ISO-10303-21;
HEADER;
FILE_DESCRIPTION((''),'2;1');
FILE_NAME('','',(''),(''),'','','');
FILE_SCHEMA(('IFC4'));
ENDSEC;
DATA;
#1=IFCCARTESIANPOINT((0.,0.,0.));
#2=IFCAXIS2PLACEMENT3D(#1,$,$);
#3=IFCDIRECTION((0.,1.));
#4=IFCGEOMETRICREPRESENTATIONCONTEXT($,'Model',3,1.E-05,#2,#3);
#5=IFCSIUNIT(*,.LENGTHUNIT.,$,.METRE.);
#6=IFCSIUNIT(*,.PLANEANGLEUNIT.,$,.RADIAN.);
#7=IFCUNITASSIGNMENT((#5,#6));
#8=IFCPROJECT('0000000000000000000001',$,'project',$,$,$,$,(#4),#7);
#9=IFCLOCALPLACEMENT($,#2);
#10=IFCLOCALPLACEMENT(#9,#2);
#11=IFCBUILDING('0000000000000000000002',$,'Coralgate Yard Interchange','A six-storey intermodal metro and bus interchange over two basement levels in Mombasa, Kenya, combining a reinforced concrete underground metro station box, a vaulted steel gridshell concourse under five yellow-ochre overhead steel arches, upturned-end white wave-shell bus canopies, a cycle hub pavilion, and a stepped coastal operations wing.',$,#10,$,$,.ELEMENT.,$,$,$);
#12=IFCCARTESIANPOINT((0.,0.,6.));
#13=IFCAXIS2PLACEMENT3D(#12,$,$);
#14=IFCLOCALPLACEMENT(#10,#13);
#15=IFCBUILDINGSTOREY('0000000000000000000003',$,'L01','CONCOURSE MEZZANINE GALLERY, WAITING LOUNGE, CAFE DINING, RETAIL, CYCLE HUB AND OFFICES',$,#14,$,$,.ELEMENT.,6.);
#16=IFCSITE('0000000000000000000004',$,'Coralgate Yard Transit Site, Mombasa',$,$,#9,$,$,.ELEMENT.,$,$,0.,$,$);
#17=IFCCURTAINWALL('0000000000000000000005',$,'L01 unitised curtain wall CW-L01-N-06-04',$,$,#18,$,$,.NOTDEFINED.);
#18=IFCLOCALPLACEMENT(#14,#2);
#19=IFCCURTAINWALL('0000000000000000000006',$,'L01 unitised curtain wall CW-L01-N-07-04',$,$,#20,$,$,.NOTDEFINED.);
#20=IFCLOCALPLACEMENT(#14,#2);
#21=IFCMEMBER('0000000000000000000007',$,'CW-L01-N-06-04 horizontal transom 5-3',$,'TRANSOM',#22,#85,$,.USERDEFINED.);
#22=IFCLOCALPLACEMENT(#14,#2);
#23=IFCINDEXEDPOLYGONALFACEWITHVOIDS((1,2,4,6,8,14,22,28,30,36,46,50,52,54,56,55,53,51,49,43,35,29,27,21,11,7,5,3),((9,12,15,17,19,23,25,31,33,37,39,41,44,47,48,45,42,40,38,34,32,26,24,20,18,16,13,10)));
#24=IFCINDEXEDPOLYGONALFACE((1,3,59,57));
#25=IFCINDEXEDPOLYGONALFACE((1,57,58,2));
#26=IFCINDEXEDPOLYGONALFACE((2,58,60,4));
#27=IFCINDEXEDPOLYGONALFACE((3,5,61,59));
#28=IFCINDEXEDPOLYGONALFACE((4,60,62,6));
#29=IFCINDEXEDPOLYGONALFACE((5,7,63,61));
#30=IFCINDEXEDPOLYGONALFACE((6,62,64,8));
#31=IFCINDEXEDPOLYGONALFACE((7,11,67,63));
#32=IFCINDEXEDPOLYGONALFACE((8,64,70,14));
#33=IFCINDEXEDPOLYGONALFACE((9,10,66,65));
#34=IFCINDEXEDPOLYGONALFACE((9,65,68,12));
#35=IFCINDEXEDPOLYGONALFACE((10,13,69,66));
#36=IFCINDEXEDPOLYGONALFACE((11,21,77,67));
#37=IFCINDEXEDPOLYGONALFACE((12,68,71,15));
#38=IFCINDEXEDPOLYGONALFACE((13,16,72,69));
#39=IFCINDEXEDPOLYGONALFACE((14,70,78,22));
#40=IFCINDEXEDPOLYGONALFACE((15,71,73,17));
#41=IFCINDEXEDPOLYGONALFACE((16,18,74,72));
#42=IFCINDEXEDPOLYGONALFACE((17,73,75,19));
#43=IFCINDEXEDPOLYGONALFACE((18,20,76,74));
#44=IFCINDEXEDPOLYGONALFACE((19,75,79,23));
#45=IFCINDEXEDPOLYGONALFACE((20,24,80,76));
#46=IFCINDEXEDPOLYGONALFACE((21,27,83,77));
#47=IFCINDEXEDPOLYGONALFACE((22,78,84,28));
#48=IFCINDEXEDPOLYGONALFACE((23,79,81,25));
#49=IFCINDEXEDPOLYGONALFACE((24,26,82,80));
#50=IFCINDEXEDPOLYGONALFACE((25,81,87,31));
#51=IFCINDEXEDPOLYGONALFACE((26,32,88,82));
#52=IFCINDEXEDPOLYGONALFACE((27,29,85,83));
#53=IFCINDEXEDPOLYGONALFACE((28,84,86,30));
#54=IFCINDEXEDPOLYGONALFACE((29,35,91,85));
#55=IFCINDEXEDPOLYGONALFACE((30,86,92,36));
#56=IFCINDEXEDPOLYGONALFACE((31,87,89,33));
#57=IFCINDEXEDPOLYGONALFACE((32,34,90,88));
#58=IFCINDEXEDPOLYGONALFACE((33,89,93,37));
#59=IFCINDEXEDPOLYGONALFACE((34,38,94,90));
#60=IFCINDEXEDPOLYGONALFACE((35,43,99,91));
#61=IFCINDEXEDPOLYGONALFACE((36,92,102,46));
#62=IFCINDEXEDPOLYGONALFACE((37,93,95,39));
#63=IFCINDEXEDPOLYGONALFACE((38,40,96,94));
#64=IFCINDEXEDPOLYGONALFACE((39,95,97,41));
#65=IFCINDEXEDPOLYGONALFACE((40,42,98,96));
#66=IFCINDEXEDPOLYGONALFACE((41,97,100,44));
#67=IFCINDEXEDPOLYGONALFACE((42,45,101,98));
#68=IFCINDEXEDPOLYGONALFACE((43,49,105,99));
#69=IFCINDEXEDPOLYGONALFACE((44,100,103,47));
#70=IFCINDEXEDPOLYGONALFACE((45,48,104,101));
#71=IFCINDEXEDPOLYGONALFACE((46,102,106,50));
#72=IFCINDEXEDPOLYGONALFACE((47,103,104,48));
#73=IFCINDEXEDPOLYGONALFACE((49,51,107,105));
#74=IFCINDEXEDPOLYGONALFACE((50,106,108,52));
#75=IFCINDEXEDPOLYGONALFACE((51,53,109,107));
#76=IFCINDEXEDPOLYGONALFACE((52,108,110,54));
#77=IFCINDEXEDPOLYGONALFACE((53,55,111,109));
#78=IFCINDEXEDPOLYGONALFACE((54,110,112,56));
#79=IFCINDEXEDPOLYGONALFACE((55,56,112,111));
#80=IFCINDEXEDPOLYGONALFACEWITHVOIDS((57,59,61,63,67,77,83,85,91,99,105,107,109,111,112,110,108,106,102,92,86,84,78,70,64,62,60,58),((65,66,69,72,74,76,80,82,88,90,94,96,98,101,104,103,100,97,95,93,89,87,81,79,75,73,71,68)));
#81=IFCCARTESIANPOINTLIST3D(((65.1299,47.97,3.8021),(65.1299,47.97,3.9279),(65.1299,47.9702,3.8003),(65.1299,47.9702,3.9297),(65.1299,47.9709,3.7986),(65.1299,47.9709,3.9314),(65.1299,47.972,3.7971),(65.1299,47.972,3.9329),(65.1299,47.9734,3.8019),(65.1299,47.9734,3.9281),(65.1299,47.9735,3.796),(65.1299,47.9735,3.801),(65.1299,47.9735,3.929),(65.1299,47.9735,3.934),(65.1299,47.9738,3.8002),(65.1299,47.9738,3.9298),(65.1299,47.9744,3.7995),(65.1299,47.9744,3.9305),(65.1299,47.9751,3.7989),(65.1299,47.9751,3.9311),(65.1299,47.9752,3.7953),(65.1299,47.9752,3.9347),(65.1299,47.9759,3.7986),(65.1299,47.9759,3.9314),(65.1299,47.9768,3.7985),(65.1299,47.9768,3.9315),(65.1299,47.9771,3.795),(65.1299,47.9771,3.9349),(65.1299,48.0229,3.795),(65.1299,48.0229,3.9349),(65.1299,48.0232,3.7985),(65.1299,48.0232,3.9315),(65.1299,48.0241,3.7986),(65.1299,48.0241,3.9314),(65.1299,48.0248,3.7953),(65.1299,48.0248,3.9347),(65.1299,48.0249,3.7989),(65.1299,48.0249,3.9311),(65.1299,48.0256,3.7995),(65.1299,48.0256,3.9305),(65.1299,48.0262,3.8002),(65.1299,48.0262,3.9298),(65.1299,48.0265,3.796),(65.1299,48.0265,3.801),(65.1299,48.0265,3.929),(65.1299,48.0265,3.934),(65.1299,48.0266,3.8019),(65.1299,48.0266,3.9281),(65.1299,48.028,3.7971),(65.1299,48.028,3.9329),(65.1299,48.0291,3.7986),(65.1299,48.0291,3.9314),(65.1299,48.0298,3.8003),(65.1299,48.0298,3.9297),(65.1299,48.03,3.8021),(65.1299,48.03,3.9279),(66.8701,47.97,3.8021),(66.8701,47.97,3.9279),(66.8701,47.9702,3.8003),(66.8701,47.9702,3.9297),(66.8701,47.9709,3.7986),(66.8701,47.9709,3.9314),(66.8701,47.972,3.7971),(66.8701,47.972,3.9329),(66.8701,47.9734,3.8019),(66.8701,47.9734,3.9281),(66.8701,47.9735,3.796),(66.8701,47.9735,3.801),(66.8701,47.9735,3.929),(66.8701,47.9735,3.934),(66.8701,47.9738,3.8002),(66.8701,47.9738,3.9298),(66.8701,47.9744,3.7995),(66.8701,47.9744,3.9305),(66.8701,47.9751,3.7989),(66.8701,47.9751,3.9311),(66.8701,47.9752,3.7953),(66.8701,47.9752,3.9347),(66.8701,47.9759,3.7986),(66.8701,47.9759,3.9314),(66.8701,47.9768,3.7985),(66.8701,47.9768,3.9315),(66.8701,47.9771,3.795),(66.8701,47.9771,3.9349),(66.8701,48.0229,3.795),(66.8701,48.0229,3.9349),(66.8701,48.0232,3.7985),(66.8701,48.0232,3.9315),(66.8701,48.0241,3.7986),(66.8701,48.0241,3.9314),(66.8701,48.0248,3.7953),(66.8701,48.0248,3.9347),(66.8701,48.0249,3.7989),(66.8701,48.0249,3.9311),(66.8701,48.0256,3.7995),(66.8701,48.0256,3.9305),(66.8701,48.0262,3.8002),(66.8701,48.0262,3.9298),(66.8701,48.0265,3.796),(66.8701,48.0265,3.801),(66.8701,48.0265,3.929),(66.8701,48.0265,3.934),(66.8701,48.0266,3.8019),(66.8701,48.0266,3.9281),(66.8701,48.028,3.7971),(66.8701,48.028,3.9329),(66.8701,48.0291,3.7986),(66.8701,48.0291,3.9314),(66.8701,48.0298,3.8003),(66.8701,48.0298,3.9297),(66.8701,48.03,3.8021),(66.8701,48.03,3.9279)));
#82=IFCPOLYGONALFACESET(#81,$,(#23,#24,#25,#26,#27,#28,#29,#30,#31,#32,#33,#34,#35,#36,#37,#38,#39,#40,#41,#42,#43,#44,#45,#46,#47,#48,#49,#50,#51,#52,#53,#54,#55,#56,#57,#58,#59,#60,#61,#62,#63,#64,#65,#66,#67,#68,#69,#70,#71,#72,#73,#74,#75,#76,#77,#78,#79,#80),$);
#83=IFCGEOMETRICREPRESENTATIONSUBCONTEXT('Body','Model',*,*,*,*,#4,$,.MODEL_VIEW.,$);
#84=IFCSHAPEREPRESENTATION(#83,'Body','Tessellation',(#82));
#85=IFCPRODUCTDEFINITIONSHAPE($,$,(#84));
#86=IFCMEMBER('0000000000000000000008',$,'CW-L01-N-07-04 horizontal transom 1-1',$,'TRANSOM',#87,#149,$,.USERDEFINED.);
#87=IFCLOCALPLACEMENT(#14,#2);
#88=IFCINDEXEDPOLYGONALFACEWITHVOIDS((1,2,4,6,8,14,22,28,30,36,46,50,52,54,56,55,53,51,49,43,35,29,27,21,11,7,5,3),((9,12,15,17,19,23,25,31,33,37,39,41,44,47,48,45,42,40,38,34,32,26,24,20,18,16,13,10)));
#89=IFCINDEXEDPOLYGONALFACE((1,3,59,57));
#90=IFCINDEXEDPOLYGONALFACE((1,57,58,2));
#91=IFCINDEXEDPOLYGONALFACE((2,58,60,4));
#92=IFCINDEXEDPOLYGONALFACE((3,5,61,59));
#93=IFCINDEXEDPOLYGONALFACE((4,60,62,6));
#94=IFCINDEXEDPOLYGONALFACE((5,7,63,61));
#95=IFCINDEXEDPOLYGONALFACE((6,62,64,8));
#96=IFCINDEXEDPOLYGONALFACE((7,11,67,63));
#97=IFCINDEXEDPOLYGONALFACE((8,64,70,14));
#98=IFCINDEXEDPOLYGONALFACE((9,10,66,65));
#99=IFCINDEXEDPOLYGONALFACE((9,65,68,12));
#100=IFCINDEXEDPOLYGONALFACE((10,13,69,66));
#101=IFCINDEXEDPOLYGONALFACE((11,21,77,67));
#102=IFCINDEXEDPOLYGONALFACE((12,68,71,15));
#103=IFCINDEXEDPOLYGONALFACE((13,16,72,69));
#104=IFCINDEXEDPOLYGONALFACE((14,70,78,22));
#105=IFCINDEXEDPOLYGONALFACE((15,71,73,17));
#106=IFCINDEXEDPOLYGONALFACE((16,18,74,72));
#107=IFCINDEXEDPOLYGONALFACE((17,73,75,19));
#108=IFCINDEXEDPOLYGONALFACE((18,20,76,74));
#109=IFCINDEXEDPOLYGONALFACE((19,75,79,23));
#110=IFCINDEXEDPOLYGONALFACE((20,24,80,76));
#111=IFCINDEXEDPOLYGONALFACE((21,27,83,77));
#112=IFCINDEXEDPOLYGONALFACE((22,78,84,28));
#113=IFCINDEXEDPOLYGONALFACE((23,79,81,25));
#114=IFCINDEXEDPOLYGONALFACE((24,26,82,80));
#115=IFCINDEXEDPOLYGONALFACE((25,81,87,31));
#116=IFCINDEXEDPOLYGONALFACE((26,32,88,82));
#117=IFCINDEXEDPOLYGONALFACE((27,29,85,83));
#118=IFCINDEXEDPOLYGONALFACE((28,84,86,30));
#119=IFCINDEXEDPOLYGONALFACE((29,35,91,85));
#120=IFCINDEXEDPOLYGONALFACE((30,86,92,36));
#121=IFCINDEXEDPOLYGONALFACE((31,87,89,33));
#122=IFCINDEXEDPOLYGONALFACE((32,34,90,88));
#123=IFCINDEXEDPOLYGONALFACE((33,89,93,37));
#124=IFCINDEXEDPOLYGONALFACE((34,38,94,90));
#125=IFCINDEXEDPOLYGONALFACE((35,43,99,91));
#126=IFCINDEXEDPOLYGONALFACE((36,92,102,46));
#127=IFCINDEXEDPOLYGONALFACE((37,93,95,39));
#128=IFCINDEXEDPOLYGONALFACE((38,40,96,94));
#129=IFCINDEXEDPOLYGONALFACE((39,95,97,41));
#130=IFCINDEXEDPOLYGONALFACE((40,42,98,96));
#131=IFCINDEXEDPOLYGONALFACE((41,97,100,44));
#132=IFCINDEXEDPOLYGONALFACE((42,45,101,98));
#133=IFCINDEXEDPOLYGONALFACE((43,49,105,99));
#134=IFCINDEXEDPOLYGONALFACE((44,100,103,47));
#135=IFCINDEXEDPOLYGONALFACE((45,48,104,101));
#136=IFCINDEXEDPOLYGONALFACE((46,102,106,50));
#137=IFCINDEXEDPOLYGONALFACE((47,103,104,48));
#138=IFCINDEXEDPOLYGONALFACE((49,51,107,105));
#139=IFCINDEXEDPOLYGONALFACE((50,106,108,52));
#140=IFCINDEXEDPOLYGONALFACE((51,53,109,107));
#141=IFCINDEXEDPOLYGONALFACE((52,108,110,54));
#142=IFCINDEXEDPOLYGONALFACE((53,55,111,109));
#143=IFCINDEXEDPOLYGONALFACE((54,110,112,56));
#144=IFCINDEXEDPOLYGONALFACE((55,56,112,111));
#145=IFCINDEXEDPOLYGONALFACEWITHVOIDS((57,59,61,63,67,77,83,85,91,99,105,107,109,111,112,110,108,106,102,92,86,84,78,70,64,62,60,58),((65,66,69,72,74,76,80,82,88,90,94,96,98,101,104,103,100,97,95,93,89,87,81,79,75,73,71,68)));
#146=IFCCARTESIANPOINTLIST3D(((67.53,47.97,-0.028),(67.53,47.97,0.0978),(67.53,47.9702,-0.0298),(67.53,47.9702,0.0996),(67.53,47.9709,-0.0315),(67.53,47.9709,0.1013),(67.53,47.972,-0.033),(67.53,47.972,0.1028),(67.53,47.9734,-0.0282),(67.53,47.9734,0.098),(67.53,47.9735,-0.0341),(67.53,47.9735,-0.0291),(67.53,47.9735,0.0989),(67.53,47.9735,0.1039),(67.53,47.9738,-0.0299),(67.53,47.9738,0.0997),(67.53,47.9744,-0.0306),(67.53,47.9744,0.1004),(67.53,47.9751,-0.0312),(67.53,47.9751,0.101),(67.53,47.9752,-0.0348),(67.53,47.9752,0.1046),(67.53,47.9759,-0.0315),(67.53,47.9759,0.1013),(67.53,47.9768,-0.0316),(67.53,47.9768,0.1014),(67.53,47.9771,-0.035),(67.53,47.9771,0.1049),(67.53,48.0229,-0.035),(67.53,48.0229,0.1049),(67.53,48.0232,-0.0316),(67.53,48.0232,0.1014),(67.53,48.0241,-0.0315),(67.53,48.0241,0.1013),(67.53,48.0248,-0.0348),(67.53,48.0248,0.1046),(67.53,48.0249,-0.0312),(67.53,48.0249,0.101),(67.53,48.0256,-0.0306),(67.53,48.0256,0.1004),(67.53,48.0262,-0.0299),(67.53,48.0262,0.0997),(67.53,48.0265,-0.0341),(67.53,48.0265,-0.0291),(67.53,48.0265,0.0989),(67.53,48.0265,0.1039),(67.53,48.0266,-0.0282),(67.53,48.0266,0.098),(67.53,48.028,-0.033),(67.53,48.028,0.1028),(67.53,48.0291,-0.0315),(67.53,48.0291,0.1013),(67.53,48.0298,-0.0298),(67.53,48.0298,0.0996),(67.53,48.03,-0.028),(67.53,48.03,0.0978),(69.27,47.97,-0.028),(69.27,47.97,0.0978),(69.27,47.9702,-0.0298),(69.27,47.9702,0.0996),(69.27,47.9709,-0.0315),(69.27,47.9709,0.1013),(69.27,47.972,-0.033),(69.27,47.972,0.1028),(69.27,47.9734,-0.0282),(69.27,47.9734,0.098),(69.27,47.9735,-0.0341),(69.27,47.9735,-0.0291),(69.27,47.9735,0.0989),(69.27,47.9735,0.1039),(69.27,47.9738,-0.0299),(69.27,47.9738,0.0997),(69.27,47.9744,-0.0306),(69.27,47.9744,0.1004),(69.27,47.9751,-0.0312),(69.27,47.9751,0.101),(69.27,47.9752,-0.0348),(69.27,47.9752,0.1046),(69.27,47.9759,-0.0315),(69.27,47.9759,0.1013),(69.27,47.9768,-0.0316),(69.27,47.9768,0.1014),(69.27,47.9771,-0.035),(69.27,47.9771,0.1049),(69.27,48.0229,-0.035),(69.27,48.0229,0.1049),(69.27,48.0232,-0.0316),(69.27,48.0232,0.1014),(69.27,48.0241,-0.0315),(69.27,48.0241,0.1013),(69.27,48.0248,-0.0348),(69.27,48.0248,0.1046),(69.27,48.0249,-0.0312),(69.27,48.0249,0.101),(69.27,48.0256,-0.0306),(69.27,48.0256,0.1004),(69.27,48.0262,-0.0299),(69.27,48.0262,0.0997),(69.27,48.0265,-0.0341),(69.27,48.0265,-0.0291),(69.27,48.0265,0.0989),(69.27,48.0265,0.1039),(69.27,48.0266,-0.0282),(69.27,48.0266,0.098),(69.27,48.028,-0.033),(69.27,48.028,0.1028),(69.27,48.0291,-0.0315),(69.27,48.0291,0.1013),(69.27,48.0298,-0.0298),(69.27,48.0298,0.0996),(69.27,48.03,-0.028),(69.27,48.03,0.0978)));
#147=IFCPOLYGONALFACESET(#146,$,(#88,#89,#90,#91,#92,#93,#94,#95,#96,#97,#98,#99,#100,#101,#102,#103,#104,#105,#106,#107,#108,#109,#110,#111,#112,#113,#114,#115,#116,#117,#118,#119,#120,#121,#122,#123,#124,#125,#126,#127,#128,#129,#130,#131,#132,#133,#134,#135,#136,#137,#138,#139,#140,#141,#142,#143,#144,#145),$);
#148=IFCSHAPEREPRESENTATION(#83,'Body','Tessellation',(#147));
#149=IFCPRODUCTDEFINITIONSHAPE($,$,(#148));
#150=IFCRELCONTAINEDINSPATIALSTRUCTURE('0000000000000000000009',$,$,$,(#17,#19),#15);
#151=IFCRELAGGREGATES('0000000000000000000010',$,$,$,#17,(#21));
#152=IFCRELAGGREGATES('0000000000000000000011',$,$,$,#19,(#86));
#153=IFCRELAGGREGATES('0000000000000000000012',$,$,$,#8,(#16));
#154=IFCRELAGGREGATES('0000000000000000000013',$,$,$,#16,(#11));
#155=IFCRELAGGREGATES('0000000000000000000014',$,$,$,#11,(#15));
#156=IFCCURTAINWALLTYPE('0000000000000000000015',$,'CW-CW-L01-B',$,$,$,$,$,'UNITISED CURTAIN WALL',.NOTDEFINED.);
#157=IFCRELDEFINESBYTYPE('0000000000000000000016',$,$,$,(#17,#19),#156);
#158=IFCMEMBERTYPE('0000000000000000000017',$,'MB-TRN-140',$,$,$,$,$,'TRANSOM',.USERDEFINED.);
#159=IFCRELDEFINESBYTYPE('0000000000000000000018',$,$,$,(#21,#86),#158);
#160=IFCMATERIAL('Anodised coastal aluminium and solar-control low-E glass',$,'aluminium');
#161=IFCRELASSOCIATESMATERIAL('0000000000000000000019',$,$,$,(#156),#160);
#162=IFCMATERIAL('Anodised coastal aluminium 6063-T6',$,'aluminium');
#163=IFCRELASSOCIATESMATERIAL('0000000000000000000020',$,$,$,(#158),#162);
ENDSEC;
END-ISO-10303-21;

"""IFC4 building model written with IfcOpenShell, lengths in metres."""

from ifc_helpers import new_model, si_unit, direction, frame, origin, origin_2d, place, context, subcontext, project, spatial, hollow_rectangle, extrude, material, material_profile, profile_set, type_object, element, aggregate, save


model = new_model("IFC4")

# Units and contexts
model_context = context("Model", 3, precision=1e-05, world=origin(), true_north=direction((0.0, 1.0)))
body_context = subcontext(model_context, "Body", "Model", "MODEL_VIEW")
ifc_project = project(units=[si_unit("LENGTHUNIT", "METRE"), si_unit("PLANEANGLEUNIT", "RADIAN")], contexts=[model_context])

# Site, building, storey
site_placement = place(None, origin())
site = spatial("IfcSite", under=ifc_project, at=site_placement, Name="Coralgate Yard Transit Site, Mombasa", CompositionType="ELEMENT", RefElevation=0.0)
building_placement = place(site_placement, origin())
building = spatial("IfcBuilding", under=site, at=building_placement, Name="Coralgate Yard Interchange", Description="A six-storey intermodal metro and bus interchange over two basement levels in Mombasa, Kenya, combining a reinforced concrete underground metro station box, a vaulted steel gridshell concourse under five yellow-ochre overhead steel arches, upturned-end white wave-shell bus canopies, a cycle hub pavilion, and a stepped coastal operations wing.", CompositionType="ELEMENT")
storey_placement = place(building_placement, frame((0.0, 0.0, 6.0)))
storey = spatial("IfcBuildingStorey", under=building, at=storey_placement, Name="L01", Description="CONCOURSE MEZZANINE GALLERY, WAITING LOUNGE, CAFE DINING, RETAIL, CYCLE HUB AND OFFICES", CompositionType="ELEMENT", Elevation=6.0)

# Curtain walls
ifc_material_1 = material(Name="Anodised coastal aluminium and solar-control low-E glass", Category="aluminium")
curtain_wall_type = type_object("IfcCurtainWallType", Name="CW-CW-L01-B", ElementType="UNITISED CURTAIN WALL", PredefinedType="NOTDEFINED", material=ifc_material_1)
curtain_wall_1_placement = place(storey_placement, origin())
curtain_wall_1 = element("IfcCurtainWall", 1, at=curtain_wall_1_placement, inside=storey, type_object=curtain_wall_type, Name="L01 unitised curtain wall CW-L01-N-06-04", PredefinedType="NOTDEFINED")
ifc_material_2 = material(Name="Anodised coastal aluminium 6063-T6", Category="aluminium")
curtain_wall_2_placement = place(storey_placement, origin())
curtain_wall_2 = element("IfcCurtainWall", 2, at=curtain_wall_2_placement, inside=storey, type_object=curtain_wall_type, Name="L01 unitised curtain wall CW-L01-N-07-04", PredefinedType="NOTDEFINED")

# Members
ifc_material_profile_1 = material_profile(ifc_material_2, hollow_rectangle(XDim=0.0601, YDim=0.1399, WallThickness=0.0034, InnerFilletRadius=0.0034, OuterFilletRadius=0.0071, at=origin_2d()), Name="ALU 60x140x3.5")
ifc_profile_set_1 = profile_set([ifc_material_profile_1], Name="Anodised coastal aluminium 6063-T6")
member_type_1 = type_object("IfcMemberType", Name="MB-TRN-140", ElementType="TRANSOM", PredefinedType="USERDEFINED", material=ifc_profile_set_1)
member_1_placement = place(storey_placement, frame((65.1299, 48.0, 3.865), z_axis=(1.0, 0.0, 0.0), x_axis=(0.0, 1.0, 0.0)))
member_1 = element("IfcMember", 3, at=member_1_placement, type_object=member_type_1, Name="CW-L01-N-06-04 horizontal transom 5-3", ObjectType="TRANSOM", PredefinedType="USERDEFINED", context=body_context, shape_type="SweptSolid", body=[
    extrude(hollow_rectangle(XDim=0.0601, YDim=0.1399, WallThickness=0.0034, InnerFilletRadius=0.0034, OuterFilletRadius=0.0071, at=origin_2d()), origin(), (0.0, 0.0, 1.0), 1.7402),
])
member_2_placement = place(storey_placement, frame((67.53, 48.0, 0.0349), z_axis=(1.0, 0.0, 0.0), x_axis=(0.0, 1.0, 0.0)))
member_2 = element("IfcMember", 4, at=member_2_placement, type_object=member_type_1, Name="CW-L01-N-07-04 horizontal transom 1-1", ObjectType="TRANSOM", PredefinedType="USERDEFINED", context=body_context, shape_type="SweptSolid", body=[
    extrude(hollow_rectangle(XDim=0.0601, YDim=0.1399, WallThickness=0.0034, InnerFilletRadius=0.0034, OuterFilletRadius=0.0071, at=origin_2d()), origin(), (0.0, 0.0, 1.0), 1.74),
])

aggregate(curtain_wall_1, [member_1])
aggregate(curtain_wall_2, [member_2])

save(model, "model.ifc")
